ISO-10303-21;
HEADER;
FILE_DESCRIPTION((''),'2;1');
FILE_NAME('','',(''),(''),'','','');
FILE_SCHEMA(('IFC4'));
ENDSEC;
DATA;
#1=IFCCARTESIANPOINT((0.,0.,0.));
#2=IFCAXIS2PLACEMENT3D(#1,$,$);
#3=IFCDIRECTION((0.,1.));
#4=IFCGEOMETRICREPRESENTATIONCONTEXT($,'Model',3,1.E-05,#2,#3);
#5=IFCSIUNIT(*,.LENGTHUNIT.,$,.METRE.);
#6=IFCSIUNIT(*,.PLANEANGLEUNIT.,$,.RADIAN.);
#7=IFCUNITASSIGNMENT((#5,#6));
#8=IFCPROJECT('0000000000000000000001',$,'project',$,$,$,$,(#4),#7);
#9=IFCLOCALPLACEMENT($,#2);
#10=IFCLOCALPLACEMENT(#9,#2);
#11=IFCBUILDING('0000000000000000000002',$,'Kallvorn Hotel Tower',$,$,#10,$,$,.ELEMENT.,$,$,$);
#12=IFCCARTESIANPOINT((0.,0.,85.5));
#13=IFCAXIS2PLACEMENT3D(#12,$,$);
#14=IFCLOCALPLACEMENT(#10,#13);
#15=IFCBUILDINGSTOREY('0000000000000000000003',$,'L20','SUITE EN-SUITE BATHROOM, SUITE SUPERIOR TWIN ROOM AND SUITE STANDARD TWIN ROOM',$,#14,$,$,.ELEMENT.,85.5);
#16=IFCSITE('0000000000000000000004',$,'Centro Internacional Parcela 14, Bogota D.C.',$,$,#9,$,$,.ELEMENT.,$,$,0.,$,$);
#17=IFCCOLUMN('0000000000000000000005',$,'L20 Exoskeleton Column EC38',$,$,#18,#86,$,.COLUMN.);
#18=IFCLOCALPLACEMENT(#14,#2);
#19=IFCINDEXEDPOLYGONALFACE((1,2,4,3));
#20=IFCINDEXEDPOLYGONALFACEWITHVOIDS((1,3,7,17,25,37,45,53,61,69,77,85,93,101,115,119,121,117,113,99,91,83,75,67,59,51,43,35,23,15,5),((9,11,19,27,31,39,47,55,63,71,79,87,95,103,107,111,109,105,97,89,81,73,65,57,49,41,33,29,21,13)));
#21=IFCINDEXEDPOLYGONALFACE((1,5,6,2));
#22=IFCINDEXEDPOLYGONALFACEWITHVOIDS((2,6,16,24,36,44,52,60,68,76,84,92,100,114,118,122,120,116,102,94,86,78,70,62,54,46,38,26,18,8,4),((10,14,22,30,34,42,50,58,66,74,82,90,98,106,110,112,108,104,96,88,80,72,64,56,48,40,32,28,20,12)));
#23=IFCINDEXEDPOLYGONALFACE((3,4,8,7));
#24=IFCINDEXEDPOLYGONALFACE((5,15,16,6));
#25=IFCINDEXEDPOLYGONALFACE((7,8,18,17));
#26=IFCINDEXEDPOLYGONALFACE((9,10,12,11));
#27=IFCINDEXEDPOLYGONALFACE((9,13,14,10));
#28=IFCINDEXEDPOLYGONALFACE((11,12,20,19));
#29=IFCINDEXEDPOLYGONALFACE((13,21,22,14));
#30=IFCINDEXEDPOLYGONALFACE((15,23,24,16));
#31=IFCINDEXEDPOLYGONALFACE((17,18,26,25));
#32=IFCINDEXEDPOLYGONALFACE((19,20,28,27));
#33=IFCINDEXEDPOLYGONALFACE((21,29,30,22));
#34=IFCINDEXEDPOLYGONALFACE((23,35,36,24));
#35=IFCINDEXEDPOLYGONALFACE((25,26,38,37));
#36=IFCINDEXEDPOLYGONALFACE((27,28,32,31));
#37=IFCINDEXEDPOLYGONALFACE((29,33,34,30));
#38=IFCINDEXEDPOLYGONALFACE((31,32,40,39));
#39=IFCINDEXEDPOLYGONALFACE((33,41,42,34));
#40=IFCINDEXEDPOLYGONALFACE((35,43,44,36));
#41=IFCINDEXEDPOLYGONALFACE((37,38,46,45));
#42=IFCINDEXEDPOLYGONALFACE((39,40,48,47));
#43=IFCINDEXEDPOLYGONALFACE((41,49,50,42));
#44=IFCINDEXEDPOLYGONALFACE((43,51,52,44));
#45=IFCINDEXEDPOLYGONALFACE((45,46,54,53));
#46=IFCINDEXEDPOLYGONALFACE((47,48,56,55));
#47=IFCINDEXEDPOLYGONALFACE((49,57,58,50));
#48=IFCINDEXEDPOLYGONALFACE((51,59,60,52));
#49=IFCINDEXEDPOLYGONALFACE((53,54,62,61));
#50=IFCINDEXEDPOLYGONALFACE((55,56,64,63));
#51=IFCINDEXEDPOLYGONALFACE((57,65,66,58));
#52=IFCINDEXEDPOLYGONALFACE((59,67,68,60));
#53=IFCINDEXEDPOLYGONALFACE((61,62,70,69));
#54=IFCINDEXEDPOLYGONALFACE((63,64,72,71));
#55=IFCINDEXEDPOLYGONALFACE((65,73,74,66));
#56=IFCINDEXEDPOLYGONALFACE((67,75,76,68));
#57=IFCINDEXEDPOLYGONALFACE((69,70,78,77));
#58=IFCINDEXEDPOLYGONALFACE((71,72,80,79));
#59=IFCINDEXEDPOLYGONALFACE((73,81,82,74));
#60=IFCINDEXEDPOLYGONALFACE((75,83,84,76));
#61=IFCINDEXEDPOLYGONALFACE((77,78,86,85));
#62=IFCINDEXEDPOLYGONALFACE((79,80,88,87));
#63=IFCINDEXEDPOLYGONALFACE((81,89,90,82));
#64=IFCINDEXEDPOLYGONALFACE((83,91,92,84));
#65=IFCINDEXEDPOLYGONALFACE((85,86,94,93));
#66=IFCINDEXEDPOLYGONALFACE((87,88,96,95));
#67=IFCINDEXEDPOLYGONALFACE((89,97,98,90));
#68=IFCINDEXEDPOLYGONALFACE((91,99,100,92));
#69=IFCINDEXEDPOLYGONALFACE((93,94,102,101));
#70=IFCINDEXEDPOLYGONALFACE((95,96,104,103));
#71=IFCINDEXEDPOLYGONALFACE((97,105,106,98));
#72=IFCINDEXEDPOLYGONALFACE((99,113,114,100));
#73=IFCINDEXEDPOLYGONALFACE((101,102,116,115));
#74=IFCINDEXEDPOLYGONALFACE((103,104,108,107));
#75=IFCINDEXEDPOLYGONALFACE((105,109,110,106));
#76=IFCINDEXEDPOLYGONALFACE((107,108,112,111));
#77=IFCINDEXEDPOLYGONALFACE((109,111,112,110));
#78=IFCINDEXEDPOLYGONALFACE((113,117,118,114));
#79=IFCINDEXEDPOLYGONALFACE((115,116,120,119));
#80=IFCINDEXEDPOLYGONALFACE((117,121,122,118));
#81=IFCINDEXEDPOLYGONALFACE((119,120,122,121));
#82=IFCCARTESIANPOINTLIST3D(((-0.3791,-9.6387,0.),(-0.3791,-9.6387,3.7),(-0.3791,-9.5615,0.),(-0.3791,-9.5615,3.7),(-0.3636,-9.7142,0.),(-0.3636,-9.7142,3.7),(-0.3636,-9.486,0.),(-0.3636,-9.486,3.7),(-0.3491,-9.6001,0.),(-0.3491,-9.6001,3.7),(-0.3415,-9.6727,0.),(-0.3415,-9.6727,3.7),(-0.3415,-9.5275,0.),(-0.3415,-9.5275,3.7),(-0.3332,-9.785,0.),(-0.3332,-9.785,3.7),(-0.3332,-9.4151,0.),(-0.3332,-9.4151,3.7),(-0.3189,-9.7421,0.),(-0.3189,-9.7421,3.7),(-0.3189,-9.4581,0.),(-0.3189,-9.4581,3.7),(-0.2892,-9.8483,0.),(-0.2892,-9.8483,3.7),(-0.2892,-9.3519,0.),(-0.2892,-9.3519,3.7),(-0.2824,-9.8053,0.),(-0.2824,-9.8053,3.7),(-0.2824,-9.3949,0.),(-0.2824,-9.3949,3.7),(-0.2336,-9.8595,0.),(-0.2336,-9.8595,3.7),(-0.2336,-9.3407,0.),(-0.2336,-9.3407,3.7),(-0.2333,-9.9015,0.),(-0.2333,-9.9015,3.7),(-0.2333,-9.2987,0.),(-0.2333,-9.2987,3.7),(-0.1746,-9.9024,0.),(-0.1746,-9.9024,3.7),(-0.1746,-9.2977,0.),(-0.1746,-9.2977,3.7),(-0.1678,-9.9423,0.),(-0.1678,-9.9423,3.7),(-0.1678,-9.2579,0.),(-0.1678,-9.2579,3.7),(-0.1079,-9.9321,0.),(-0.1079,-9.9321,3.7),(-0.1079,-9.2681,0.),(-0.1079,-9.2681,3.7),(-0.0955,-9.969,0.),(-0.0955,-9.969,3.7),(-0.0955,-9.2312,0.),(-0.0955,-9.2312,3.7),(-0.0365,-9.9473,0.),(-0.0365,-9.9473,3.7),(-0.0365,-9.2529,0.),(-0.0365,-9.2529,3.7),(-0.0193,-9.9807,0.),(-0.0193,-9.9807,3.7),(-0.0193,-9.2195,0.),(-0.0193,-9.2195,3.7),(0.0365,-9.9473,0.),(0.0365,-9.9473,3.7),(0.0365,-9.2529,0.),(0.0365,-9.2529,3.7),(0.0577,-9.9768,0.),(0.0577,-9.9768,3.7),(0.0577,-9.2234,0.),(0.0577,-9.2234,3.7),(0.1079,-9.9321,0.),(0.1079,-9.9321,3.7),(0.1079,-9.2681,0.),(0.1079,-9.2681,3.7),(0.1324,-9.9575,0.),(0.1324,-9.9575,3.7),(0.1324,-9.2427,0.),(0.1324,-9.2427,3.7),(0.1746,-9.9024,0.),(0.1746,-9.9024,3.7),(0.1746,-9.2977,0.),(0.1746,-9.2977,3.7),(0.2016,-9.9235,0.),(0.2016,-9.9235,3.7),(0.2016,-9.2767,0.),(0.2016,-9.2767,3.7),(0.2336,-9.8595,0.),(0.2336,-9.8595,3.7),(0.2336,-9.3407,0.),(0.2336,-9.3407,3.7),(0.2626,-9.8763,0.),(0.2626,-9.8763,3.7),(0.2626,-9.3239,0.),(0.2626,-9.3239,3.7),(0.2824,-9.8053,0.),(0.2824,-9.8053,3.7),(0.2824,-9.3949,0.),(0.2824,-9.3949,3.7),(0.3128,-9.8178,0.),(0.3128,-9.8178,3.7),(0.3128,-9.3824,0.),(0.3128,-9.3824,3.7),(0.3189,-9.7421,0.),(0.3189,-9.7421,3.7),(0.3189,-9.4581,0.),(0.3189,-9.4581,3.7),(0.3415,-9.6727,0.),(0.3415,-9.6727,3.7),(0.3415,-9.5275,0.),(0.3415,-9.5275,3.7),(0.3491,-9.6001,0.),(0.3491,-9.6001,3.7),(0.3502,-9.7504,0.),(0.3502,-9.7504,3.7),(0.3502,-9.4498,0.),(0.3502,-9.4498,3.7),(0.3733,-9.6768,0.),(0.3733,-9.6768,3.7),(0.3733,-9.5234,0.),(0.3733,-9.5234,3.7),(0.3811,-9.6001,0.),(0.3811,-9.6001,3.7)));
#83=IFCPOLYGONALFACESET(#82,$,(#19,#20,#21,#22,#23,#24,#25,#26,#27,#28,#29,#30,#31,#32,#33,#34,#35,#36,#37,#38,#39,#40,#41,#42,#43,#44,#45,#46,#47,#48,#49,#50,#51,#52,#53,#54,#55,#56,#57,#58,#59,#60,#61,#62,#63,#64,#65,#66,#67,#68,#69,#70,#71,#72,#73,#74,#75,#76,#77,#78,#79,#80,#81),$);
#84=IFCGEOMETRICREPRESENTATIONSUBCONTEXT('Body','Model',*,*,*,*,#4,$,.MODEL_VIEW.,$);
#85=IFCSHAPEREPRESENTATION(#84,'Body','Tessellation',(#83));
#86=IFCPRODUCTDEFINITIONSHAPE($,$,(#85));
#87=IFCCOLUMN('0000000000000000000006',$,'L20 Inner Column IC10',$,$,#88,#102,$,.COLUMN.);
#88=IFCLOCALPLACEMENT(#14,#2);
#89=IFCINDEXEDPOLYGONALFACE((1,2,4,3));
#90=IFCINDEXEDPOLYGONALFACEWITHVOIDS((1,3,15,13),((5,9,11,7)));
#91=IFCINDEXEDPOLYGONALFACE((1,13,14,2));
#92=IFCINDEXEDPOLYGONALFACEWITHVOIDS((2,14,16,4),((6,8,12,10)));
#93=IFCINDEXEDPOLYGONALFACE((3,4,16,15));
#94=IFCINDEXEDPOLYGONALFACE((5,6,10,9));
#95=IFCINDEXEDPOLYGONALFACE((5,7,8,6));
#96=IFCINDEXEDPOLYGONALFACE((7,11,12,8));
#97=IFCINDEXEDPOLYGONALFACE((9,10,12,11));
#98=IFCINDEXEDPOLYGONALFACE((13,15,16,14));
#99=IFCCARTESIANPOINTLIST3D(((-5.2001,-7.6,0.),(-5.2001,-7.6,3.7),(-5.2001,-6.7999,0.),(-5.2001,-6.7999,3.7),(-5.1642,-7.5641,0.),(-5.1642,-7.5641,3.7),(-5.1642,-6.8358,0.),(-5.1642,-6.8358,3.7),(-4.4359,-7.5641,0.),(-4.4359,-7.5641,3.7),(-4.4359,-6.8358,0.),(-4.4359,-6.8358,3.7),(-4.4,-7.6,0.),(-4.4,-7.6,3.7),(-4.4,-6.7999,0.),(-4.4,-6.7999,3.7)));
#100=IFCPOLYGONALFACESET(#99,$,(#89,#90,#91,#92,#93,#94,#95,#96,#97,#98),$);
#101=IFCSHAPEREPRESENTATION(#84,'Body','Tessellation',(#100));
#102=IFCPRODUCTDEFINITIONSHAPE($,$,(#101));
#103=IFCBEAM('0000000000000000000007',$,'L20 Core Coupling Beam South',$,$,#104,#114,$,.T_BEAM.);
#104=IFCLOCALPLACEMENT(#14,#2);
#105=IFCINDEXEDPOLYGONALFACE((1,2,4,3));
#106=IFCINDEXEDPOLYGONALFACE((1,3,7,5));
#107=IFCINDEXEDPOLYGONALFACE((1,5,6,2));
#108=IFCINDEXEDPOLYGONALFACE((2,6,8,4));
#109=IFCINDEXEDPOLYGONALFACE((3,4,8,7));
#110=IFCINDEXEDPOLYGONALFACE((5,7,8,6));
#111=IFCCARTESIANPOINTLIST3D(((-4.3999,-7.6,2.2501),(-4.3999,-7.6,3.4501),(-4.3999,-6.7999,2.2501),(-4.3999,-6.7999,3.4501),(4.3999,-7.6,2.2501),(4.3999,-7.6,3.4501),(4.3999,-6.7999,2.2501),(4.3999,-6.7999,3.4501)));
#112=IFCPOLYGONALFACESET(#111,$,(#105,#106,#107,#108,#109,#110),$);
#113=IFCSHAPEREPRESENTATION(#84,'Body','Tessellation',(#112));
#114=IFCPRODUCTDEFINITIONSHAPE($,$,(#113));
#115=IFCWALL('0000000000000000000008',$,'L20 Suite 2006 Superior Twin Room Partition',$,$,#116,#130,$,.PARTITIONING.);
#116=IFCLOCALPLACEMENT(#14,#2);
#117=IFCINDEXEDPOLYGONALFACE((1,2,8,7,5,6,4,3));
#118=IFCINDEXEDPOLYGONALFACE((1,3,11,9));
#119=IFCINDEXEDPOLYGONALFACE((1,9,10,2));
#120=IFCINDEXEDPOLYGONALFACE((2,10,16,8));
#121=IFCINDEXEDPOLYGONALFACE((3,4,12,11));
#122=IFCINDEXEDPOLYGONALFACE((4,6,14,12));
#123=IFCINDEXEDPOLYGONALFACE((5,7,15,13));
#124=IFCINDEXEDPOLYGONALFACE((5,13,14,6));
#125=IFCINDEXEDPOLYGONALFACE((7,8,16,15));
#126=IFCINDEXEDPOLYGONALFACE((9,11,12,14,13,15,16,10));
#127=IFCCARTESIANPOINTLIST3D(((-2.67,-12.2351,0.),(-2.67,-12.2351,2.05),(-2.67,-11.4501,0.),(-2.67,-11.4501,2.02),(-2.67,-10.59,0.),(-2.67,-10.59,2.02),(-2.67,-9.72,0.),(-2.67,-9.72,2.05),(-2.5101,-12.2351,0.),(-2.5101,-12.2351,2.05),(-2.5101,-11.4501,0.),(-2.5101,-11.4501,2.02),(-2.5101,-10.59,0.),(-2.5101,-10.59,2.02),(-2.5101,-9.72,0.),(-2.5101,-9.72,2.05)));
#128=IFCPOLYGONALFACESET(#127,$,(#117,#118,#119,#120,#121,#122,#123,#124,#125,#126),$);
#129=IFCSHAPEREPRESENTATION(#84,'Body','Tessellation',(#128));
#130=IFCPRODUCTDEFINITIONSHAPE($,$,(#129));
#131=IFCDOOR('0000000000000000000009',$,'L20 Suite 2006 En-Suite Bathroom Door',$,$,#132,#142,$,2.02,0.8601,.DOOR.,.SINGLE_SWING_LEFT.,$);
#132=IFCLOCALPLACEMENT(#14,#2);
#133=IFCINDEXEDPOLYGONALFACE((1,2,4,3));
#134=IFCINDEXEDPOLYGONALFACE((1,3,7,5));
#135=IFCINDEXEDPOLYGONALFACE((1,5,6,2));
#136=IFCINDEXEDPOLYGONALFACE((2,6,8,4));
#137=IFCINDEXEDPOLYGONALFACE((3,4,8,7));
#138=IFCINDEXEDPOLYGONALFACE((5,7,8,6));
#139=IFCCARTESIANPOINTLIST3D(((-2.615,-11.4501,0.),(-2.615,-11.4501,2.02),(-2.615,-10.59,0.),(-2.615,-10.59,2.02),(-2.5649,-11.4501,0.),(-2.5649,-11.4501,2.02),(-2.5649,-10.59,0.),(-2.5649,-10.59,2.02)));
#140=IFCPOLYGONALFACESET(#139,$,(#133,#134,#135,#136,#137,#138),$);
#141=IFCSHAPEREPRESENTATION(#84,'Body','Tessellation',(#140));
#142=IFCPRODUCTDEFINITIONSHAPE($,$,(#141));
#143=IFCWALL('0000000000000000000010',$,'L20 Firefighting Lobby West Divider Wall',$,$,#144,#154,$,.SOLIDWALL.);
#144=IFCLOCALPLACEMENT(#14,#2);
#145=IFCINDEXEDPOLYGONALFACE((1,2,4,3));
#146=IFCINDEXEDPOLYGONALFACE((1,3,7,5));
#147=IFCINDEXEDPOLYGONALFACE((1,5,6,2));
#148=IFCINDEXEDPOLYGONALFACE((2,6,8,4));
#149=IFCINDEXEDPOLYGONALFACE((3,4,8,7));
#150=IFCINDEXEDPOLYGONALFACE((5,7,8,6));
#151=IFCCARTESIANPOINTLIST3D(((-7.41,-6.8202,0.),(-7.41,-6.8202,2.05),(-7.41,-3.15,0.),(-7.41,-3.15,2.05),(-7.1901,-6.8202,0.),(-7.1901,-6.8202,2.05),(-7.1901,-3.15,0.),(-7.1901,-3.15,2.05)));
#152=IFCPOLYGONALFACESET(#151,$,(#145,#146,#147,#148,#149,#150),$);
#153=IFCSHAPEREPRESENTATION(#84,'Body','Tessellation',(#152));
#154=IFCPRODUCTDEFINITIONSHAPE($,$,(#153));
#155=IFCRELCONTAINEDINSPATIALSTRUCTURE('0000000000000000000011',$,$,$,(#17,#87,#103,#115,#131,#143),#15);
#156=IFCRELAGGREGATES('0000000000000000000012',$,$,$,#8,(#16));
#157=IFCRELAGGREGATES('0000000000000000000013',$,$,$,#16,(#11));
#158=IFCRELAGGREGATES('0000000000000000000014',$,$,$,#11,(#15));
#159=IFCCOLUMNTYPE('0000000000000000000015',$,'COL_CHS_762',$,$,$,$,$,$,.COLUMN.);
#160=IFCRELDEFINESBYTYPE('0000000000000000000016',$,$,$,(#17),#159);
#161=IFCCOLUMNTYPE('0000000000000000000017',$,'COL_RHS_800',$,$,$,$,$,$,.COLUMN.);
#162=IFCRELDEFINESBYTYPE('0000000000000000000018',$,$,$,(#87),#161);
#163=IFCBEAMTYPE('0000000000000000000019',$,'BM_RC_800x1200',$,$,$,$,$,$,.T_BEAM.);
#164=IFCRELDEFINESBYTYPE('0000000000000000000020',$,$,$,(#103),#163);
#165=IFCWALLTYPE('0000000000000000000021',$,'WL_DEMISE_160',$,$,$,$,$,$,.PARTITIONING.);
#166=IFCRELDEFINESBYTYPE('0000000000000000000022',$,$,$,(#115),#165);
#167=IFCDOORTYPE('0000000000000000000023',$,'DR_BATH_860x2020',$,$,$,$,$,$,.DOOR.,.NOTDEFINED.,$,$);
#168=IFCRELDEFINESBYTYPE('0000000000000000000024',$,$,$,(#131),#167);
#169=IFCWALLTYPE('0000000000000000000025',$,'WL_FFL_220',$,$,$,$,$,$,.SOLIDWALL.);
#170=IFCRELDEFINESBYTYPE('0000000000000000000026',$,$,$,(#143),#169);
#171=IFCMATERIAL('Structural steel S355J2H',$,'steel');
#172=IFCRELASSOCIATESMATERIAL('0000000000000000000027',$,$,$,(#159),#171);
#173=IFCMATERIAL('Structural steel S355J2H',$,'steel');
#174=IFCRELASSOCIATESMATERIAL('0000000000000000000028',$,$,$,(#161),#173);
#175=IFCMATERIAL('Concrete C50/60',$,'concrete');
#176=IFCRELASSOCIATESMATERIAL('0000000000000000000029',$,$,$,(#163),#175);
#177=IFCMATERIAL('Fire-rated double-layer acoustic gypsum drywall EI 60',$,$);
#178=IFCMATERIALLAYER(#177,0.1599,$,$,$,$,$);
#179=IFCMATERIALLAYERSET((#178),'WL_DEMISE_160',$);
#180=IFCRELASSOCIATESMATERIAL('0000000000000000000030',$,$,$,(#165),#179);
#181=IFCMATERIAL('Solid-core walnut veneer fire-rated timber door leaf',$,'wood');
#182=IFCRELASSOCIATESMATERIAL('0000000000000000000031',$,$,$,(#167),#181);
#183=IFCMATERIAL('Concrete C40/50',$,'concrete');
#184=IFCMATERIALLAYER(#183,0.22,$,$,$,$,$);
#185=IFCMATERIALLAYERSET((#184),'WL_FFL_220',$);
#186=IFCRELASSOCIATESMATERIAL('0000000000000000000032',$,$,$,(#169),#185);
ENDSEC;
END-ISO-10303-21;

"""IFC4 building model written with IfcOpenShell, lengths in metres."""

from ifc_helpers import new_model, si_unit, direction, frame, frame_2d, origin, origin_2d, place, context, subcontext, project, spatial, rectangle, hollow_rectangle, hollow_circle, extrude, material, layer, layer_set, material_profile, profile_set, type_object, element, fill, save


model = new_model("IFC4")

# Units and contexts
model_context = context("Model", 3, precision=1e-05, world=origin(), true_north=direction((0.0, 1.0)))
body_context = subcontext(model_context, "Body", "Model", "MODEL_VIEW")
ifc_project = project(units=[si_unit("LENGTHUNIT", "METRE"), si_unit("PLANEANGLEUNIT", "RADIAN")], contexts=[model_context])

# Site, building, storey
site_placement = place(None, origin())
site = spatial("IfcSite", under=ifc_project, at=site_placement, Name="Centro Internacional Parcela 14, Bogota D.C.", CompositionType="ELEMENT", RefElevation=0.0)
building_placement = place(site_placement, origin())
building = spatial("IfcBuilding", under=site, at=building_placement, Name="Kallvorn Hotel Tower", CompositionType="ELEMENT")
storey_placement = place(building_placement, frame((0.0, 0.0, 85.5)))
storey = spatial("IfcBuildingStorey", under=building, at=storey_placement, Name="L20", Description="SUITE EN-SUITE BATHROOM, SUITE SUPERIOR TWIN ROOM AND SUITE STANDARD TWIN ROOM", CompositionType="ELEMENT", Elevation=85.5)

# Columns
ifc_material_1 = material(Name="Structural steel S355J2H", Category="steel")
ifc_material_profile_1 = material_profile(ifc_material_1, hollow_circle(Radius=0.3811, WallThickness=0.032, at=origin_2d()), Name="CHS 762x32")
ifc_profile_set_1 = profile_set([ifc_material_profile_1], Name="Structural steel S355J2H")
column_type_1 = type_object("IfcColumnType", Name="COL_CHS_762", PredefinedType="COLUMN", material=ifc_profile_set_1)
column_1_placement = place(storey_placement, frame((0.0, -9.6001, 0.0), z_axis=(0.0, 0.0, 1.0), x_axis=(1.0, 0.0, 0.0)))
element("IfcColumn", 1, at=column_1_placement, inside=storey, type_object=column_type_1, Name="L20 Exoskeleton Column EC38", PredefinedType="COLUMN", context=body_context, shape_type="SweptSolid", body=[
    extrude(hollow_circle(Radius=0.3811, WallThickness=0.032, at=origin_2d()), origin(), (0.0, 0.0, 1.0), 3.7),
])
ifc_material_2 = material(Name="Structural steel S355J2H", Category="steel")
ifc_material_profile_2 = material_profile(ifc_material_2, hollow_rectangle(XDim=0.8, YDim=0.8, WallThickness=0.0359, at=origin_2d()), Name="RHS 800x800x36")
ifc_profile_set_2 = profile_set([ifc_material_profile_2], Name="Structural steel S355J2H")
column_type_2 = type_object("IfcColumnType", Name="COL_RHS_800", PredefinedType="COLUMN", material=ifc_profile_set_2)
column_2_placement = place(storey_placement, frame((-4.8, -7.2, 0.0), z_axis=(0.0, 0.0, 1.0), x_axis=(1.0, 0.0, 0.0)))
element("IfcColumn", 2, at=column_2_placement, inside=storey, type_object=column_type_2, Name="L20 Inner Column IC10", PredefinedType="COLUMN", context=body_context, shape_type="SweptSolid", body=[
    extrude(hollow_rectangle(XDim=0.8, YDim=0.8, WallThickness=0.0359, at=origin_2d()), origin(), (0.0, 0.0, 1.0), 3.7),
])

# Beam
ifc_material_3 = material(Name="Concrete C50/60", Category="concrete")
ifc_material_profile_3 = material_profile(ifc_material_3, rectangle(XDim=0.8, YDim=1.2, at=origin_2d()), Name="RC 800x1200")
ifc_profile_set_3 = profile_set([ifc_material_profile_3], Name="Concrete C50/60")
beam_type = type_object("IfcBeamType", Name="BM_RC_800x1200", PredefinedType="T_BEAM", material=ifc_profile_set_3)
beam_placement = place(storey_placement, frame((-4.3999, -7.2, 2.8501), z_axis=(1.0, 0.0, 0.0), x_axis=(0.0, 1.0, 0.0)))
element("IfcBeam", 3, at=beam_placement, inside=storey, type_object=beam_type, Name="L20 Core Coupling Beam South", PredefinedType="T_BEAM", context=body_context, shape_type="SweptSolid", body=[
    extrude(rectangle(XDim=0.8, YDim=1.2, at=origin_2d()), origin(), (0.0, 0.0, 1.0), 8.7998),
])

# Wall, opening, door
ifc_material_4 = material(Name="Fire-rated double-layer acoustic gypsum drywall EI 60")
ifc_layer_1 = layer(ifc_material_4, 0.1599)
ifc_layer_set_1 = layer_set([ifc_layer_1], Name="WL_DEMISE_160")
wall_type_1 = type_object("IfcWallType", Name="WL_DEMISE_160", PredefinedType="PARTITIONING", material=ifc_layer_set_1)
wall_1_placement = place(storey_placement, frame((-2.5901, -12.2351, 0.0), z_axis=(0.0, 0.0, 1.0), x_axis=(0.0, 1.0, 0.0)))
wall_1 = element("IfcWall", 4, at=wall_1_placement, inside=storey, type_object=wall_type_1, Name="L20 Suite 2006 Superior Twin Room Partition", PredefinedType="PARTITIONING", context=body_context, shape_type="SweptSolid", body=[
    extrude(rectangle(XDim=2.5151, YDim=0.1599, at=frame_2d((1.2576, 0.0))), origin(), (0.0, 0.0, 1.0), 2.05),
])
opening_1_placement = place(wall_1_placement, frame((0.7849, 0.0, 0.0)))
opening_1 = element("IfcOpeningElement", 5, at=opening_1_placement, cuts=wall_1, PredefinedType="OPENING", context=body_context, shape_type="SweptSolid", body=[
    extrude(rectangle(XDim=0.8601, YDim=2.02, at=frame_2d((0.4302, 1.01))), frame((0.0, 0.095, 0.0), z_axis=(0.0, -1.0, 0.0), x_axis=(1.0, 0.0, 0.0)), (0.0, 0.0, 1.0), 0.1899),
])
ifc_material_5 = material(Name="Solid-core walnut veneer fire-rated timber door leaf", Category="wood")
door_type_1 = type_object("IfcDoorType", Name="DR_BATH_860x2020", OperationType="NOTDEFINED", PredefinedType="DOOR", material=ifc_material_5)
door_1_placement = place(opening_1_placement, origin())
door_1 = element("IfcDoor", 6, at=door_1_placement, inside=storey, type_object=door_type_1, Name="L20 Suite 2006 En-Suite Bathroom Door", OperationType="SINGLE_SWING_LEFT", OverallHeight=2.02, OverallWidth=0.8601, PredefinedType="DOOR", context=body_context, shape_type="SweptSolid", body=[
    extrude(rectangle(XDim=0.8601, YDim=2.02, at=frame_2d((0.4302, 1.01))), frame((0.0, 0.0249, 0.0), z_axis=(0.0, -1.0, 0.0), x_axis=(1.0, 0.0, 0.0)), (0.0, 0.0, 1.0), 0.05),
])
fill(opening_1, door_1)

# Wall
ifc_material_6 = material(Name="Concrete C40/50", Category="concrete")
ifc_layer_2 = layer(ifc_material_6, 0.22)
ifc_layer_set_2 = layer_set([ifc_layer_2], Name="WL_FFL_220")
wall_type_2 = type_object("IfcWallType", Name="WL_FFL_220", PredefinedType="SOLIDWALL", material=ifc_layer_set_2)
wall_2_placement = place(storey_placement, frame((-7.3, -6.8201, 0.0), z_axis=(0.0, 0.0, 1.0), x_axis=(0.0, 1.0, 0.0)))
element("IfcWall", 7, at=wall_2_placement, inside=storey, type_object=wall_type_2, Name="L20 Firefighting Lobby West Divider Wall", PredefinedType="SOLIDWALL", context=body_context, shape_type="SweptSolid", body=[
    extrude(rectangle(XDim=3.6702, YDim=0.22, at=frame_2d((1.835, 0.0))), origin(), (0.0, 0.0, 1.0), 2.05),
])

save(model, "model.ifc")
